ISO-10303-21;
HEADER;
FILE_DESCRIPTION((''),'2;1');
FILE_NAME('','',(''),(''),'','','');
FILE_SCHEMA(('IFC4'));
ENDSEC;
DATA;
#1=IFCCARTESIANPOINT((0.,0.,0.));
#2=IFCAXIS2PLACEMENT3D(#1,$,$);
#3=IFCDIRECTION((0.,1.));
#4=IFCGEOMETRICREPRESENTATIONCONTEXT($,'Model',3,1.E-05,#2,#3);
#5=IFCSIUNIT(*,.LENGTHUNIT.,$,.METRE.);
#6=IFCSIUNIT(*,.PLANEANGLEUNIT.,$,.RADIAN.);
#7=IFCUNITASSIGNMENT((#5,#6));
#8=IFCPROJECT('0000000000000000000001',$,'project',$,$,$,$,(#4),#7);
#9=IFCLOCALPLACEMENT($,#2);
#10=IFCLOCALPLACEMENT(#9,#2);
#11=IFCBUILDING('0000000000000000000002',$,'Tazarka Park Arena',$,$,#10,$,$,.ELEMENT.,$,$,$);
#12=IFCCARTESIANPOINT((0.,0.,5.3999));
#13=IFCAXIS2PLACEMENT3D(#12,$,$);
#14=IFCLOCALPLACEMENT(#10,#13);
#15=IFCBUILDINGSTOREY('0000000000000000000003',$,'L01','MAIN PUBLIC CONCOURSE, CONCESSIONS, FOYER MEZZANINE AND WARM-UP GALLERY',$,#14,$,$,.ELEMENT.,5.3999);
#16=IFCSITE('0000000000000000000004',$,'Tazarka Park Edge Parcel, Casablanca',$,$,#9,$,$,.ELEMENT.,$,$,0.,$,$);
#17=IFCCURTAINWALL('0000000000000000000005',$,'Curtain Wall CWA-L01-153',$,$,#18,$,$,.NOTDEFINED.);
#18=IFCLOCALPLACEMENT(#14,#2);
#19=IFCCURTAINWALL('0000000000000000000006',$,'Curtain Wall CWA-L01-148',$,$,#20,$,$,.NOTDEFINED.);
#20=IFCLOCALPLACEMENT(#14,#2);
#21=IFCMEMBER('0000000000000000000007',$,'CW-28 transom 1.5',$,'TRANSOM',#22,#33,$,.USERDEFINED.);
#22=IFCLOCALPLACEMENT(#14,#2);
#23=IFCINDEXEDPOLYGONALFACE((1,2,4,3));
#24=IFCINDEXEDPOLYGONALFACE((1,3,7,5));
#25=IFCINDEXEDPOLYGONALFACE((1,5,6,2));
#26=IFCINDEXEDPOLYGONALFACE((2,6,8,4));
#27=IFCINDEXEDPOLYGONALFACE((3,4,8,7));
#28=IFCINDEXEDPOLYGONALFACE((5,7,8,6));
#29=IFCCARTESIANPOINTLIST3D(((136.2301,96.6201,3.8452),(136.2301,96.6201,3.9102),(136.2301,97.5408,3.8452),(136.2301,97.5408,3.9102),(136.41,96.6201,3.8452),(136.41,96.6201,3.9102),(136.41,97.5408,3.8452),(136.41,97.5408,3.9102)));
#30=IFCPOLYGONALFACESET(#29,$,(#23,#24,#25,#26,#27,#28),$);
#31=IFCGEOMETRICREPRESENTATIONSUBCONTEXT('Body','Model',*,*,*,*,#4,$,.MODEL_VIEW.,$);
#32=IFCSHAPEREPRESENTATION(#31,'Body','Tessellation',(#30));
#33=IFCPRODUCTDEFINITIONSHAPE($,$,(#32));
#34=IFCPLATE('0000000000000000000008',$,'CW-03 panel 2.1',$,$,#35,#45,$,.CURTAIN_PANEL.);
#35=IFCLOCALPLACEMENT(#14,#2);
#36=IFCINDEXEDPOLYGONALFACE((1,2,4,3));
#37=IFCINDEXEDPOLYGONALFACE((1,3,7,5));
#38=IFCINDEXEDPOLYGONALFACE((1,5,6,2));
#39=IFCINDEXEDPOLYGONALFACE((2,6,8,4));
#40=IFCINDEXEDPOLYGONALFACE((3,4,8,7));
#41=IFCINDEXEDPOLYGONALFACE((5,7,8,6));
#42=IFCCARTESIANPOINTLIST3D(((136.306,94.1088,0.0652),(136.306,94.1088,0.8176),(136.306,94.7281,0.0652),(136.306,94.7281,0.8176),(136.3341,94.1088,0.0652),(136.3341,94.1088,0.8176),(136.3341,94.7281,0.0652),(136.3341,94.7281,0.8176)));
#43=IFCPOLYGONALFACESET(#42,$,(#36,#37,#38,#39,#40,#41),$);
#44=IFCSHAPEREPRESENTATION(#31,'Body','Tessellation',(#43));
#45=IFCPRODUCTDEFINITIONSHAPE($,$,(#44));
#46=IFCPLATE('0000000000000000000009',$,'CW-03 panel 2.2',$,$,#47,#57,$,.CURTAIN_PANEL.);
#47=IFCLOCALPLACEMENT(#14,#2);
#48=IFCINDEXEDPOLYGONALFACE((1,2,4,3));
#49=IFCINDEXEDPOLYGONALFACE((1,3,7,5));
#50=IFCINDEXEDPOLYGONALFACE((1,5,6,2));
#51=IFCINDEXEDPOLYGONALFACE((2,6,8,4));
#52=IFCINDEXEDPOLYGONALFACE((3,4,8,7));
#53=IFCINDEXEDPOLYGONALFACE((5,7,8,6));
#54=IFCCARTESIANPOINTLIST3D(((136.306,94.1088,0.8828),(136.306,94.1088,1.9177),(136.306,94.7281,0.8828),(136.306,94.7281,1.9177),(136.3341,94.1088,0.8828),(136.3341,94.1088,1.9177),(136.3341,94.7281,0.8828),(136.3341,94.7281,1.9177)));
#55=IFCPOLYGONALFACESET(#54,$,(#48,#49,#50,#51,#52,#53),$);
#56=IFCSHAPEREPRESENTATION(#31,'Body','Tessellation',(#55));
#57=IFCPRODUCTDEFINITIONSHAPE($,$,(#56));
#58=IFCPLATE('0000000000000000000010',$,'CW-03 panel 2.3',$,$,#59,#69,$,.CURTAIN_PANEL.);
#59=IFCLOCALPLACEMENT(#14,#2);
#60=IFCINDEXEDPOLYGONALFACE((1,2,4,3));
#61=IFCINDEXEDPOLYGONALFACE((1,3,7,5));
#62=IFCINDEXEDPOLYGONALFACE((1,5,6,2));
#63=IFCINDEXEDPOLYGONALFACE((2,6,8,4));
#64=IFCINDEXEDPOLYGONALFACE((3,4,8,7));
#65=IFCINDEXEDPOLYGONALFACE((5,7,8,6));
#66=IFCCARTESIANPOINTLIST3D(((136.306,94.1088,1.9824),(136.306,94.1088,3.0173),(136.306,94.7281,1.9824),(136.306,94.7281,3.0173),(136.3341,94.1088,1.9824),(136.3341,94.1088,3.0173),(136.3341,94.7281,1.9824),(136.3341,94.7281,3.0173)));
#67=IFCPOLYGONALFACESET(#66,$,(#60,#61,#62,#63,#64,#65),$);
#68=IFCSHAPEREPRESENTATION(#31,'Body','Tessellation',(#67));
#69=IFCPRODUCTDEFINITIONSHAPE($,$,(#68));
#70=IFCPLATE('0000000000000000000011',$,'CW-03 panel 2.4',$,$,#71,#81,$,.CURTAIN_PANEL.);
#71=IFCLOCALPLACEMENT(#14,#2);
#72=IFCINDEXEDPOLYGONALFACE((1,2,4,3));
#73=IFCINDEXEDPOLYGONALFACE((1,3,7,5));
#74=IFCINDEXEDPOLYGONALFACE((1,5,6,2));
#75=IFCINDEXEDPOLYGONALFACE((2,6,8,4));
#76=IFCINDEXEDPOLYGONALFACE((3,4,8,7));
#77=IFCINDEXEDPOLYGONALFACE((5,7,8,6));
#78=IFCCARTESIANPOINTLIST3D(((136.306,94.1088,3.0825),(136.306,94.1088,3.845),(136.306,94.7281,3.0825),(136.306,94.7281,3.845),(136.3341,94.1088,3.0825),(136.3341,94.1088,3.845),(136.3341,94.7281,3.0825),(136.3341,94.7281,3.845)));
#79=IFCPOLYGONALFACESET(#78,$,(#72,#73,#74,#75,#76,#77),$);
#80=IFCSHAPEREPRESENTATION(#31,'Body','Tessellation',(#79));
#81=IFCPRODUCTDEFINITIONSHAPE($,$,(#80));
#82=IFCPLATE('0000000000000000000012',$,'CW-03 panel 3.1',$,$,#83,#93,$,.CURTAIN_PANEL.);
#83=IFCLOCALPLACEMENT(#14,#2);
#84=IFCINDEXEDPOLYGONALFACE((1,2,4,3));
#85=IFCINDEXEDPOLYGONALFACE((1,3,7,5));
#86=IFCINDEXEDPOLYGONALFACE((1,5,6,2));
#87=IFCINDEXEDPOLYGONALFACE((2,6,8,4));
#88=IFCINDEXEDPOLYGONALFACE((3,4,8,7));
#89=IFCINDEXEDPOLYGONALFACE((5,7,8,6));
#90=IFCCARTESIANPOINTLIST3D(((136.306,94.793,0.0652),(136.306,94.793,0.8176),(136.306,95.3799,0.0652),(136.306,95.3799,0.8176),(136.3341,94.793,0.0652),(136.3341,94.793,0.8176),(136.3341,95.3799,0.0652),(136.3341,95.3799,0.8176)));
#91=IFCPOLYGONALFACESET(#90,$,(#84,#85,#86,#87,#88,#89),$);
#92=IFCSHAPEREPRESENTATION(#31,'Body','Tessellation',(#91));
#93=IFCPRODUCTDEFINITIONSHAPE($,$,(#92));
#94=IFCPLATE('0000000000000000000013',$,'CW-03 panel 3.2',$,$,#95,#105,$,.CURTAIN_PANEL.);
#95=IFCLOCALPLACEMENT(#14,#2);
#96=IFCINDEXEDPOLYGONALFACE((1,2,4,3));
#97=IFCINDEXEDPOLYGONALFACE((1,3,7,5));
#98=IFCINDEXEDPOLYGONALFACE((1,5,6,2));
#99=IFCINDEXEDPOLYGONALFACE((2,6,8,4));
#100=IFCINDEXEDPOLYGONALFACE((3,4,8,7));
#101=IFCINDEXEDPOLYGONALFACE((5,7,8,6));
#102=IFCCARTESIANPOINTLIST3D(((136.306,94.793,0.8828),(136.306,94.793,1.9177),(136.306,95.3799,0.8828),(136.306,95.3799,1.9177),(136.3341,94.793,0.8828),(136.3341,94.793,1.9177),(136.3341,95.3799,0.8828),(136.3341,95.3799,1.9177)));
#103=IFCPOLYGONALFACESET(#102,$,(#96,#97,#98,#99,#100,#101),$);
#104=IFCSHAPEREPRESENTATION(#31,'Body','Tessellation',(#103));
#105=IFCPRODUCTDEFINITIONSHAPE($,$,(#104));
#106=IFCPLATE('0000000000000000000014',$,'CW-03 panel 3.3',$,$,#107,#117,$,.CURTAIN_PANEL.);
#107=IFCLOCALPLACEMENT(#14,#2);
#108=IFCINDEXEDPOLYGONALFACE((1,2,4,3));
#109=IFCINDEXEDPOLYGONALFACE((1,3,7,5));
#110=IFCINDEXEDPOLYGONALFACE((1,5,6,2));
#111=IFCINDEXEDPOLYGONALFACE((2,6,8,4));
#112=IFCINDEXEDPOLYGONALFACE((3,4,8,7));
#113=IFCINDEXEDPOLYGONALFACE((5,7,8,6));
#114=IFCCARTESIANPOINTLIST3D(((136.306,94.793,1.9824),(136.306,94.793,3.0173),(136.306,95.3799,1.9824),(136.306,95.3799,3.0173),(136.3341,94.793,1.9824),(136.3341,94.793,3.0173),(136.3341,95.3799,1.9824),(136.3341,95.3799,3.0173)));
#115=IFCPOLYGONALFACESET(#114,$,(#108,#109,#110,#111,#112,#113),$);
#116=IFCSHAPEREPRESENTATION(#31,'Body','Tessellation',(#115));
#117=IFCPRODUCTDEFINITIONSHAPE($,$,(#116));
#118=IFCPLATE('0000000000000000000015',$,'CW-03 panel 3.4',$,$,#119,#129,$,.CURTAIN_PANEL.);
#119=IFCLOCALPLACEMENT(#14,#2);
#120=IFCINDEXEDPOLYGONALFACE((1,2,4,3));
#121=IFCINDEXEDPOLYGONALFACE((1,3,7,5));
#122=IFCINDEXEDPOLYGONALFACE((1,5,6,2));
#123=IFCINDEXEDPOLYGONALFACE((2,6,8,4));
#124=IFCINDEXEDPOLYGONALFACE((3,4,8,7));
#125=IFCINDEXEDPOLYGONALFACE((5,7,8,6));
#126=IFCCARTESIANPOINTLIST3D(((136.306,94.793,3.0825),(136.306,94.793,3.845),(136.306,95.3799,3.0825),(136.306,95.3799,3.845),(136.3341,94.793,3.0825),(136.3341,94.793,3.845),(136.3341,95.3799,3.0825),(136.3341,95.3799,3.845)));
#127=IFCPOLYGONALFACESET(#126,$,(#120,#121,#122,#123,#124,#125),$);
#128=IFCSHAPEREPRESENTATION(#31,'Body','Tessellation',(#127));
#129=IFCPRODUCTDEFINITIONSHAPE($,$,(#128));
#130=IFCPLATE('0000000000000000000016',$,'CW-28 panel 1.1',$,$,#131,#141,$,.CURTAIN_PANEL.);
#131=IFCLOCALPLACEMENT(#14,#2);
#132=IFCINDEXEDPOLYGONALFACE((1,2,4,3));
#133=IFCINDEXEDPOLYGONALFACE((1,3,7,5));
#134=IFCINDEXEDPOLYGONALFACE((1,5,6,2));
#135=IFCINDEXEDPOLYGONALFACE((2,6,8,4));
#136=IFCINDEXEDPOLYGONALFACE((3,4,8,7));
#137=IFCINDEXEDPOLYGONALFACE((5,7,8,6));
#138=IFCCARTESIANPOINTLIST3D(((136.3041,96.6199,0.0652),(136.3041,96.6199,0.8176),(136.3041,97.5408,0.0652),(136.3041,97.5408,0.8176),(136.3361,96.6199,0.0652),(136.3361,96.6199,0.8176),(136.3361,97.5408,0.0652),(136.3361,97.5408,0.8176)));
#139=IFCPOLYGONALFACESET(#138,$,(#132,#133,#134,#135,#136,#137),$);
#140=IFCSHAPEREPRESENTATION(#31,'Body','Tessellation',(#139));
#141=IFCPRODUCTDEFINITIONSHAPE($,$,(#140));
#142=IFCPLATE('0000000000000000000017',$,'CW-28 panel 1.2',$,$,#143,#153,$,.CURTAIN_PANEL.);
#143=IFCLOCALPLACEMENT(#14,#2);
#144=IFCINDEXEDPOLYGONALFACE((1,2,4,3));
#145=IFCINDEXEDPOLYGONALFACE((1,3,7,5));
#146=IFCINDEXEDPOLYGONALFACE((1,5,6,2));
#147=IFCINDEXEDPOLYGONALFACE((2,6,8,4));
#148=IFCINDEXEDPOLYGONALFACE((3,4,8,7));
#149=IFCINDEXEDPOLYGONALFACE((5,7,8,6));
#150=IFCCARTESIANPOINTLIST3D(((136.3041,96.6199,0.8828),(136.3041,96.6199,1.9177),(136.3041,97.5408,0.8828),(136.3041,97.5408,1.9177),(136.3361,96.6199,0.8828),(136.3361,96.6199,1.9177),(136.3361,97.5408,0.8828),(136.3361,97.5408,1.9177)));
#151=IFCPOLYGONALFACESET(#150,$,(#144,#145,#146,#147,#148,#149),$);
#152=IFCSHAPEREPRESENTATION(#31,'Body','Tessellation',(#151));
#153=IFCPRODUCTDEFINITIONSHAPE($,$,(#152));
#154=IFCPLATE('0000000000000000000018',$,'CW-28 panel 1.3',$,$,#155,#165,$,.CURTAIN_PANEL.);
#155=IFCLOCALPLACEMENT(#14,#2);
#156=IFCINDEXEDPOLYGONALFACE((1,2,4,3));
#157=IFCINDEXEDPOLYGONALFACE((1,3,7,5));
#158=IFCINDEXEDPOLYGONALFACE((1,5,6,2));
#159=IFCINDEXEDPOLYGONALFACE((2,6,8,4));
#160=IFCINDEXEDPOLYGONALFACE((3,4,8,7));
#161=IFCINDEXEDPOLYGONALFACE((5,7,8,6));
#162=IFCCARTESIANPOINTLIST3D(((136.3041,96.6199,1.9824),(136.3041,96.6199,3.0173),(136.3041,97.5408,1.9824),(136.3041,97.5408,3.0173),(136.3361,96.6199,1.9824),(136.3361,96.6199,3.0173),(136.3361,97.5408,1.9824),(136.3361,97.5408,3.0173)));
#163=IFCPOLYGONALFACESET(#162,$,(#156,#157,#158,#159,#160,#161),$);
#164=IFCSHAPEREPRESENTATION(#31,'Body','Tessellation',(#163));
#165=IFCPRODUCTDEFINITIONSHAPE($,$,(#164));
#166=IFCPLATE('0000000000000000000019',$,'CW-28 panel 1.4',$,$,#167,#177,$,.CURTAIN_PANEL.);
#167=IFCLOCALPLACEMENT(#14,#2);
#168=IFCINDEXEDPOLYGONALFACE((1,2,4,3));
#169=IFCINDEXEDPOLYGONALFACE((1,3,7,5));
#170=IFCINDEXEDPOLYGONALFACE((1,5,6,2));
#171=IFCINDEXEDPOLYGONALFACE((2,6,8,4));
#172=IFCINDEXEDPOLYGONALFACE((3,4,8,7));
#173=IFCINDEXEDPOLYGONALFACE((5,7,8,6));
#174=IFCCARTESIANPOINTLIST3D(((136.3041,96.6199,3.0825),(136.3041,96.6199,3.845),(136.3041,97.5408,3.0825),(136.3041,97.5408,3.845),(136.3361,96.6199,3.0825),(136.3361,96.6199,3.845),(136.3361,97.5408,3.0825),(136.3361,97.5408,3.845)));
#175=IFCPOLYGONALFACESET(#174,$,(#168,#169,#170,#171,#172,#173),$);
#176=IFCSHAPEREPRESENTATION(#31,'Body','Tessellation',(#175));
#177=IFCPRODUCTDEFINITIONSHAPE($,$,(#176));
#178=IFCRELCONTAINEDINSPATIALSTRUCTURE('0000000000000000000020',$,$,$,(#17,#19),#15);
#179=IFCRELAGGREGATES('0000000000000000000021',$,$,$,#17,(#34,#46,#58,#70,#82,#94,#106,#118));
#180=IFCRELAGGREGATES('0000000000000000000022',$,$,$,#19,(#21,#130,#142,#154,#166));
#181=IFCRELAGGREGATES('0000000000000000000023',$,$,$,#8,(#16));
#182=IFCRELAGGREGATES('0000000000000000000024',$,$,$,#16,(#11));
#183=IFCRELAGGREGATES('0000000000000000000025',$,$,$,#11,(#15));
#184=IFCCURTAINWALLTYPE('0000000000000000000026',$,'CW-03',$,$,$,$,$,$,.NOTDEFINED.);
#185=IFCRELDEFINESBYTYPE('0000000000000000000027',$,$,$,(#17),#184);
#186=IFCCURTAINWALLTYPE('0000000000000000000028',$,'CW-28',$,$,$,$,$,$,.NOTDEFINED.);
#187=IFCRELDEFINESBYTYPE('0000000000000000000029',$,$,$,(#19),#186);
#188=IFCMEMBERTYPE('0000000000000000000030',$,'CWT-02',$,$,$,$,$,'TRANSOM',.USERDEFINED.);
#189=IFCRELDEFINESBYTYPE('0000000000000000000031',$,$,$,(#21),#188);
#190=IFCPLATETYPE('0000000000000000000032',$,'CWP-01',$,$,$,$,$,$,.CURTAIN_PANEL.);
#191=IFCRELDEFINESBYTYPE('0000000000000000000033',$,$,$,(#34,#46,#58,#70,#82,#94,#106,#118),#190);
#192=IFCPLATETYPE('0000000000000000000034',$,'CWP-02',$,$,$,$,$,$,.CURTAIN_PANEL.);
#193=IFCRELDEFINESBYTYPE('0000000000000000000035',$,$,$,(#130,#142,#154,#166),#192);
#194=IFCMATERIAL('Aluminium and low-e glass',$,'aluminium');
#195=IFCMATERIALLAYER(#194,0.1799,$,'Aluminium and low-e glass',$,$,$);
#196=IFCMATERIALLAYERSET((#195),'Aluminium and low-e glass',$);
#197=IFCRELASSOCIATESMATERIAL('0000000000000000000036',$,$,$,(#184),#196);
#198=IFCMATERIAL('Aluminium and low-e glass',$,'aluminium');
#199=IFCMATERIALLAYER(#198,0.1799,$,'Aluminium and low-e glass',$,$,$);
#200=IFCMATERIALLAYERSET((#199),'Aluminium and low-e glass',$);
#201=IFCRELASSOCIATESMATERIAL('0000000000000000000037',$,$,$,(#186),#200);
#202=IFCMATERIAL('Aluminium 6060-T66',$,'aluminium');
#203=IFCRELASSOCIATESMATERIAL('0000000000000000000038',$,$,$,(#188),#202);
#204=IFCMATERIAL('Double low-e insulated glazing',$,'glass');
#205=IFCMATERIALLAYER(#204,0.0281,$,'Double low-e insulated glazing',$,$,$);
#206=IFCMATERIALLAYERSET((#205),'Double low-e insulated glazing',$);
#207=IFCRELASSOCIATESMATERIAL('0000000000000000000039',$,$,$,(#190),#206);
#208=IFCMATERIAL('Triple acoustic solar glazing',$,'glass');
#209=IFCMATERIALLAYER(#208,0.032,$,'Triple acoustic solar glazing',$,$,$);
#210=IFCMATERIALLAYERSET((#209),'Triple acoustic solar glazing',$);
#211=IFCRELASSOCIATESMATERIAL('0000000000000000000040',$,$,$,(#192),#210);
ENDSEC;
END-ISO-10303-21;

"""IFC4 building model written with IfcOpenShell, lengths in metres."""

from ifc_helpers import new_model, si_unit, direction, frame, origin, origin_2d, place, context, subcontext, project, spatial, rectangle, extrude, material, layer, layer_set, material_profile, profile_set, type_object, element, aggregate, save


model = new_model("IFC4")

# Units and contexts
model_context = context("Model", 3, precision=1e-05, world=origin(), true_north=direction((0.0, 1.0)))
body_context = subcontext(model_context, "Body", "Model", "MODEL_VIEW")
ifc_project = project(units=[si_unit("LENGTHUNIT", "METRE"), si_unit("PLANEANGLEUNIT", "RADIAN")], contexts=[model_context])

# Site, building, storey
site_placement = place(None, origin())
site = spatial("IfcSite", under=ifc_project, at=site_placement, Name="Tazarka Park Edge Parcel, Casablanca", CompositionType="ELEMENT", RefElevation=0.0)
building_placement = place(site_placement, origin())
building = spatial("IfcBuilding", under=site, at=building_placement, Name="Tazarka Park Arena", CompositionType="ELEMENT")
storey_placement = place(building_placement, frame((0.0, 0.0, 5.3999)))
storey = spatial("IfcBuildingStorey", under=building, at=storey_placement, Name="L01", Description="MAIN PUBLIC CONCOURSE, CONCESSIONS, FOYER MEZZANINE AND WARM-UP GALLERY", CompositionType="ELEMENT", Elevation=5.3999)

# Curtain walls
ifc_material_1 = material(Name="Aluminium and low-e glass", Category="aluminium")
ifc_layer_1 = layer(ifc_material_1, 0.1799, Name="Aluminium and low-e glass")
ifc_layer_set_1 = layer_set([ifc_layer_1], Name="Aluminium and low-e glass")
curtain_wall_type_1 = type_object("IfcCurtainWallType", Name="CW-03", PredefinedType="NOTDEFINED", material=ifc_layer_set_1)
curtain_wall_1_placement = place(storey_placement, origin())
curtain_wall_1 = element("IfcCurtainWall", 1, at=curtain_wall_1_placement, inside=storey, type_object=curtain_wall_type_1, Name="Curtain Wall CWA-L01-153", PredefinedType="NOTDEFINED")
ifc_material_2 = material(Name="Aluminium and low-e glass", Category="aluminium")
ifc_layer_2 = layer(ifc_material_2, 0.1799, Name="Aluminium and low-e glass")
ifc_layer_set_2 = layer_set([ifc_layer_2], Name="Aluminium and low-e glass")
curtain_wall_type_2 = type_object("IfcCurtainWallType", Name="CW-28", PredefinedType="NOTDEFINED", material=ifc_layer_set_2)
curtain_wall_2_placement = place(storey_placement, origin())
curtain_wall_2 = element("IfcCurtainWall", 2, at=curtain_wall_2_placement, inside=storey, type_object=curtain_wall_type_2, Name="Curtain Wall CWA-L01-148", PredefinedType="NOTDEFINED")

# Member
ifc_material_3 = material(Name="Aluminium 6060-T66", Category="aluminium")
ifc_material_profile_1 = material_profile(ifc_material_3, rectangle(XDim=0.1799, YDim=0.0649, at=origin_2d()), Name="Aluminium 6060-T66")
ifc_profile_set_1 = profile_set([ifc_material_profile_1], Name="Aluminium 6060-T66")
member_type_1 = type_object("IfcMemberType", Name="CWT-02", ElementType="TRANSOM", PredefinedType="USERDEFINED", material=ifc_profile_set_1)
member_1_placement = place(storey_placement, frame((136.3201, 96.6201, 3.8777), z_axis=(0.0, 1.0, 0.0), x_axis=(-1.0, 0.0, 0.0)))
member_1 = element("IfcMember", 3, at=member_1_placement, type_object=member_type_1, Name="CW-28 transom 1.5", ObjectType="TRANSOM", PredefinedType="USERDEFINED", context=body_context, shape_type="SweptSolid", body=[
    extrude(rectangle(XDim=0.1799, YDim=0.0649, at=origin_2d()), origin(), (0.0, 0.0, 1.0), 0.9207),
])

# Plates
ifc_material_4 = material(Name="Double low-e insulated glazing", Category="glass")
ifc_layer_3 = layer(ifc_material_4, 0.0281, Name="Double low-e insulated glazing")
ifc_layer_set_3 = layer_set([ifc_layer_3], Name="Double low-e insulated glazing")
plate_type_1 = type_object("IfcPlateType", Name="CWP-01", PredefinedType="CURTAIN_PANEL", material=ifc_layer_set_3)
plate_1_placement = place(storey_placement, frame((136.3201, 94.4185, 0.0652), z_axis=(0.0, 0.0, 1.0), x_axis=(0.0, 1.0, 0.0)))
plate_1 = element("IfcPlate", 4, at=plate_1_placement, type_object=plate_type_1, Name="CW-03 panel 2.1", PredefinedType="CURTAIN_PANEL", context=body_context, shape_type="SweptSolid", body=[
    extrude(rectangle(XDim=0.6194, YDim=0.0281, at=origin_2d()), origin(), (0.0, 0.0, 1.0), 0.7524),
])
plate_2_placement = place(storey_placement, frame((136.3201, 94.4185, 0.8828), z_axis=(0.0, 0.0, 1.0), x_axis=(0.0, 1.0, 0.0)))
plate_2 = element("IfcPlate", 5, at=plate_2_placement, type_object=plate_type_1, Name="CW-03 panel 2.2", PredefinedType="CURTAIN_PANEL", context=body_context, shape_type="SweptSolid", body=[
    extrude(rectangle(XDim=0.6194, YDim=0.0281, at=origin_2d()), origin(), (0.0, 0.0, 1.0), 1.0349),
])
plate_3_placement = place(storey_placement, frame((136.3201, 94.4185, 1.9824), z_axis=(0.0, 0.0, 1.0), x_axis=(0.0, 1.0, 0.0)))
plate_3 = element("IfcPlate", 6, at=plate_3_placement, type_object=plate_type_1, Name="CW-03 panel 2.3", PredefinedType="CURTAIN_PANEL", context=body_context, shape_type="SweptSolid", body=[
    extrude(rectangle(XDim=0.6194, YDim=0.0281, at=origin_2d()), origin(), (0.0, 0.0, 1.0), 1.0349),
])
plate_4_placement = place(storey_placement, frame((136.3201, 94.4185, 3.0825), z_axis=(0.0, 0.0, 1.0), x_axis=(0.0, 1.0, 0.0)))
plate_4 = element("IfcPlate", 7, at=plate_4_placement, type_object=plate_type_1, Name="CW-03 panel 2.4", PredefinedType="CURTAIN_PANEL", context=body_context, shape_type="SweptSolid", body=[
    extrude(rectangle(XDim=0.6194, YDim=0.0281, at=origin_2d()), origin(), (0.0, 0.0, 1.0), 0.7625),
])
plate_5_placement = place(storey_placement, frame((136.3201, 95.0864, 0.0652), z_axis=(0.0, 0.0, 1.0), x_axis=(0.0, 1.0, 0.0)))
plate_5 = element("IfcPlate", 8, at=plate_5_placement, type_object=plate_type_1, Name="CW-03 panel 3.1", PredefinedType="CURTAIN_PANEL", context=body_context, shape_type="SweptSolid", body=[
    extrude(rectangle(XDim=0.5869, YDim=0.0281, at=origin_2d()), origin(), (0.0, 0.0, 1.0), 0.7524),
])
plate_6_placement = place(storey_placement, frame((136.3201, 95.0864, 0.8828), z_axis=(0.0, 0.0, 1.0), x_axis=(0.0, 1.0, 0.0)))
plate_6 = element("IfcPlate", 9, at=plate_6_placement, type_object=plate_type_1, Name="CW-03 panel 3.2", PredefinedType="CURTAIN_PANEL", context=body_context, shape_type="SweptSolid", body=[
    extrude(rectangle(XDim=0.5869, YDim=0.0281, at=origin_2d()), origin(), (0.0, 0.0, 1.0), 1.0349),
])
plate_7_placement = place(storey_placement, frame((136.3201, 95.0864, 1.9824), z_axis=(0.0, 0.0, 1.0), x_axis=(0.0, 1.0, 0.0)))
plate_7 = element("IfcPlate", 10, at=plate_7_placement, type_object=plate_type_1, Name="CW-03 panel 3.3", PredefinedType="CURTAIN_PANEL", context=body_context, shape_type="SweptSolid", body=[
    extrude(rectangle(XDim=0.5869, YDim=0.0281, at=origin_2d()), origin(), (0.0, 0.0, 1.0), 1.0349),
])
plate_8_placement = place(storey_placement, frame((136.3201, 95.0864, 3.0825), z_axis=(0.0, 0.0, 1.0), x_axis=(0.0, 1.0, 0.0)))
plate_8 = element("IfcPlate", 11, at=plate_8_placement, type_object=plate_type_1, Name="CW-03 panel 3.4", PredefinedType="CURTAIN_PANEL", context=body_context, shape_type="SweptSolid", body=[
    extrude(rectangle(XDim=0.5869, YDim=0.0281, at=origin_2d()), origin(), (0.0, 0.0, 1.0), 0.7625),
])
aggregate(curtain_wall_1, [plate_1, plate_2, plate_3, plate_4, plate_5, plate_6, plate_7, plate_8])
ifc_material_5 = material(Name="Triple acoustic solar glazing", Category="glass")
ifc_layer_4 = layer(ifc_material_5, 0.032, Name="Triple acoustic solar glazing")
ifc_layer_set_4 = layer_set([ifc_layer_4], Name="Triple acoustic solar glazing")
plate_type_2 = type_object("IfcPlateType", Name="CWP-02", PredefinedType="CURTAIN_PANEL", material=ifc_layer_set_4)
plate_9_placement = place(storey_placement, frame((136.3201, 97.0803, 0.0652), z_axis=(0.0, 0.0, 1.0), x_axis=(0.0, 1.0, 0.0)))
plate_9 = element("IfcPlate", 12, at=plate_9_placement, type_object=plate_type_2, Name="CW-28 panel 1.1", PredefinedType="CURTAIN_PANEL", context=body_context, shape_type="SweptSolid", body=[
    extrude(rectangle(XDim=0.9209, YDim=0.032, at=origin_2d()), origin(), (0.0, 0.0, 1.0), 0.7524),
])
plate_10_placement = place(storey_placement, frame((136.3201, 97.0803, 0.8828), z_axis=(0.0, 0.0, 1.0), x_axis=(0.0, 1.0, 0.0)))
plate_10 = element("IfcPlate", 13, at=plate_10_placement, type_object=plate_type_2, Name="CW-28 panel 1.2", PredefinedType="CURTAIN_PANEL", context=body_context, shape_type="SweptSolid", body=[
    extrude(rectangle(XDim=0.9209, YDim=0.032, at=origin_2d()), origin(), (0.0, 0.0, 1.0), 1.0349),
])
plate_11_placement = place(storey_placement, frame((136.3201, 97.0803, 1.9824), z_axis=(0.0, 0.0, 1.0), x_axis=(0.0, 1.0, 0.0)))
plate_11 = element("IfcPlate", 14, at=plate_11_placement, type_object=plate_type_2, Name="CW-28 panel 1.3", PredefinedType="CURTAIN_PANEL", context=body_context, shape_type="SweptSolid", body=[
    extrude(rectangle(XDim=0.9209, YDim=0.032, at=origin_2d()), origin(), (0.0, 0.0, 1.0), 1.0349),
])
plate_12_placement = place(storey_placement, frame((136.3201, 97.0803, 3.0825), z_axis=(0.0, 0.0, 1.0), x_axis=(0.0, 1.0, 0.0)))
plate_12 = element("IfcPlate", 15, at=plate_12_placement, type_object=plate_type_2, Name="CW-28 panel 1.4", PredefinedType="CURTAIN_PANEL", context=body_context, shape_type="SweptSolid", body=[
    extrude(rectangle(XDim=0.9209, YDim=0.032, at=origin_2d()), origin(), (0.0, 0.0, 1.0), 0.7625),
])
aggregate(curtain_wall_2, [member_1, plate_9, plate_10, plate_11, plate_12])

save(model, "model.ifc")
